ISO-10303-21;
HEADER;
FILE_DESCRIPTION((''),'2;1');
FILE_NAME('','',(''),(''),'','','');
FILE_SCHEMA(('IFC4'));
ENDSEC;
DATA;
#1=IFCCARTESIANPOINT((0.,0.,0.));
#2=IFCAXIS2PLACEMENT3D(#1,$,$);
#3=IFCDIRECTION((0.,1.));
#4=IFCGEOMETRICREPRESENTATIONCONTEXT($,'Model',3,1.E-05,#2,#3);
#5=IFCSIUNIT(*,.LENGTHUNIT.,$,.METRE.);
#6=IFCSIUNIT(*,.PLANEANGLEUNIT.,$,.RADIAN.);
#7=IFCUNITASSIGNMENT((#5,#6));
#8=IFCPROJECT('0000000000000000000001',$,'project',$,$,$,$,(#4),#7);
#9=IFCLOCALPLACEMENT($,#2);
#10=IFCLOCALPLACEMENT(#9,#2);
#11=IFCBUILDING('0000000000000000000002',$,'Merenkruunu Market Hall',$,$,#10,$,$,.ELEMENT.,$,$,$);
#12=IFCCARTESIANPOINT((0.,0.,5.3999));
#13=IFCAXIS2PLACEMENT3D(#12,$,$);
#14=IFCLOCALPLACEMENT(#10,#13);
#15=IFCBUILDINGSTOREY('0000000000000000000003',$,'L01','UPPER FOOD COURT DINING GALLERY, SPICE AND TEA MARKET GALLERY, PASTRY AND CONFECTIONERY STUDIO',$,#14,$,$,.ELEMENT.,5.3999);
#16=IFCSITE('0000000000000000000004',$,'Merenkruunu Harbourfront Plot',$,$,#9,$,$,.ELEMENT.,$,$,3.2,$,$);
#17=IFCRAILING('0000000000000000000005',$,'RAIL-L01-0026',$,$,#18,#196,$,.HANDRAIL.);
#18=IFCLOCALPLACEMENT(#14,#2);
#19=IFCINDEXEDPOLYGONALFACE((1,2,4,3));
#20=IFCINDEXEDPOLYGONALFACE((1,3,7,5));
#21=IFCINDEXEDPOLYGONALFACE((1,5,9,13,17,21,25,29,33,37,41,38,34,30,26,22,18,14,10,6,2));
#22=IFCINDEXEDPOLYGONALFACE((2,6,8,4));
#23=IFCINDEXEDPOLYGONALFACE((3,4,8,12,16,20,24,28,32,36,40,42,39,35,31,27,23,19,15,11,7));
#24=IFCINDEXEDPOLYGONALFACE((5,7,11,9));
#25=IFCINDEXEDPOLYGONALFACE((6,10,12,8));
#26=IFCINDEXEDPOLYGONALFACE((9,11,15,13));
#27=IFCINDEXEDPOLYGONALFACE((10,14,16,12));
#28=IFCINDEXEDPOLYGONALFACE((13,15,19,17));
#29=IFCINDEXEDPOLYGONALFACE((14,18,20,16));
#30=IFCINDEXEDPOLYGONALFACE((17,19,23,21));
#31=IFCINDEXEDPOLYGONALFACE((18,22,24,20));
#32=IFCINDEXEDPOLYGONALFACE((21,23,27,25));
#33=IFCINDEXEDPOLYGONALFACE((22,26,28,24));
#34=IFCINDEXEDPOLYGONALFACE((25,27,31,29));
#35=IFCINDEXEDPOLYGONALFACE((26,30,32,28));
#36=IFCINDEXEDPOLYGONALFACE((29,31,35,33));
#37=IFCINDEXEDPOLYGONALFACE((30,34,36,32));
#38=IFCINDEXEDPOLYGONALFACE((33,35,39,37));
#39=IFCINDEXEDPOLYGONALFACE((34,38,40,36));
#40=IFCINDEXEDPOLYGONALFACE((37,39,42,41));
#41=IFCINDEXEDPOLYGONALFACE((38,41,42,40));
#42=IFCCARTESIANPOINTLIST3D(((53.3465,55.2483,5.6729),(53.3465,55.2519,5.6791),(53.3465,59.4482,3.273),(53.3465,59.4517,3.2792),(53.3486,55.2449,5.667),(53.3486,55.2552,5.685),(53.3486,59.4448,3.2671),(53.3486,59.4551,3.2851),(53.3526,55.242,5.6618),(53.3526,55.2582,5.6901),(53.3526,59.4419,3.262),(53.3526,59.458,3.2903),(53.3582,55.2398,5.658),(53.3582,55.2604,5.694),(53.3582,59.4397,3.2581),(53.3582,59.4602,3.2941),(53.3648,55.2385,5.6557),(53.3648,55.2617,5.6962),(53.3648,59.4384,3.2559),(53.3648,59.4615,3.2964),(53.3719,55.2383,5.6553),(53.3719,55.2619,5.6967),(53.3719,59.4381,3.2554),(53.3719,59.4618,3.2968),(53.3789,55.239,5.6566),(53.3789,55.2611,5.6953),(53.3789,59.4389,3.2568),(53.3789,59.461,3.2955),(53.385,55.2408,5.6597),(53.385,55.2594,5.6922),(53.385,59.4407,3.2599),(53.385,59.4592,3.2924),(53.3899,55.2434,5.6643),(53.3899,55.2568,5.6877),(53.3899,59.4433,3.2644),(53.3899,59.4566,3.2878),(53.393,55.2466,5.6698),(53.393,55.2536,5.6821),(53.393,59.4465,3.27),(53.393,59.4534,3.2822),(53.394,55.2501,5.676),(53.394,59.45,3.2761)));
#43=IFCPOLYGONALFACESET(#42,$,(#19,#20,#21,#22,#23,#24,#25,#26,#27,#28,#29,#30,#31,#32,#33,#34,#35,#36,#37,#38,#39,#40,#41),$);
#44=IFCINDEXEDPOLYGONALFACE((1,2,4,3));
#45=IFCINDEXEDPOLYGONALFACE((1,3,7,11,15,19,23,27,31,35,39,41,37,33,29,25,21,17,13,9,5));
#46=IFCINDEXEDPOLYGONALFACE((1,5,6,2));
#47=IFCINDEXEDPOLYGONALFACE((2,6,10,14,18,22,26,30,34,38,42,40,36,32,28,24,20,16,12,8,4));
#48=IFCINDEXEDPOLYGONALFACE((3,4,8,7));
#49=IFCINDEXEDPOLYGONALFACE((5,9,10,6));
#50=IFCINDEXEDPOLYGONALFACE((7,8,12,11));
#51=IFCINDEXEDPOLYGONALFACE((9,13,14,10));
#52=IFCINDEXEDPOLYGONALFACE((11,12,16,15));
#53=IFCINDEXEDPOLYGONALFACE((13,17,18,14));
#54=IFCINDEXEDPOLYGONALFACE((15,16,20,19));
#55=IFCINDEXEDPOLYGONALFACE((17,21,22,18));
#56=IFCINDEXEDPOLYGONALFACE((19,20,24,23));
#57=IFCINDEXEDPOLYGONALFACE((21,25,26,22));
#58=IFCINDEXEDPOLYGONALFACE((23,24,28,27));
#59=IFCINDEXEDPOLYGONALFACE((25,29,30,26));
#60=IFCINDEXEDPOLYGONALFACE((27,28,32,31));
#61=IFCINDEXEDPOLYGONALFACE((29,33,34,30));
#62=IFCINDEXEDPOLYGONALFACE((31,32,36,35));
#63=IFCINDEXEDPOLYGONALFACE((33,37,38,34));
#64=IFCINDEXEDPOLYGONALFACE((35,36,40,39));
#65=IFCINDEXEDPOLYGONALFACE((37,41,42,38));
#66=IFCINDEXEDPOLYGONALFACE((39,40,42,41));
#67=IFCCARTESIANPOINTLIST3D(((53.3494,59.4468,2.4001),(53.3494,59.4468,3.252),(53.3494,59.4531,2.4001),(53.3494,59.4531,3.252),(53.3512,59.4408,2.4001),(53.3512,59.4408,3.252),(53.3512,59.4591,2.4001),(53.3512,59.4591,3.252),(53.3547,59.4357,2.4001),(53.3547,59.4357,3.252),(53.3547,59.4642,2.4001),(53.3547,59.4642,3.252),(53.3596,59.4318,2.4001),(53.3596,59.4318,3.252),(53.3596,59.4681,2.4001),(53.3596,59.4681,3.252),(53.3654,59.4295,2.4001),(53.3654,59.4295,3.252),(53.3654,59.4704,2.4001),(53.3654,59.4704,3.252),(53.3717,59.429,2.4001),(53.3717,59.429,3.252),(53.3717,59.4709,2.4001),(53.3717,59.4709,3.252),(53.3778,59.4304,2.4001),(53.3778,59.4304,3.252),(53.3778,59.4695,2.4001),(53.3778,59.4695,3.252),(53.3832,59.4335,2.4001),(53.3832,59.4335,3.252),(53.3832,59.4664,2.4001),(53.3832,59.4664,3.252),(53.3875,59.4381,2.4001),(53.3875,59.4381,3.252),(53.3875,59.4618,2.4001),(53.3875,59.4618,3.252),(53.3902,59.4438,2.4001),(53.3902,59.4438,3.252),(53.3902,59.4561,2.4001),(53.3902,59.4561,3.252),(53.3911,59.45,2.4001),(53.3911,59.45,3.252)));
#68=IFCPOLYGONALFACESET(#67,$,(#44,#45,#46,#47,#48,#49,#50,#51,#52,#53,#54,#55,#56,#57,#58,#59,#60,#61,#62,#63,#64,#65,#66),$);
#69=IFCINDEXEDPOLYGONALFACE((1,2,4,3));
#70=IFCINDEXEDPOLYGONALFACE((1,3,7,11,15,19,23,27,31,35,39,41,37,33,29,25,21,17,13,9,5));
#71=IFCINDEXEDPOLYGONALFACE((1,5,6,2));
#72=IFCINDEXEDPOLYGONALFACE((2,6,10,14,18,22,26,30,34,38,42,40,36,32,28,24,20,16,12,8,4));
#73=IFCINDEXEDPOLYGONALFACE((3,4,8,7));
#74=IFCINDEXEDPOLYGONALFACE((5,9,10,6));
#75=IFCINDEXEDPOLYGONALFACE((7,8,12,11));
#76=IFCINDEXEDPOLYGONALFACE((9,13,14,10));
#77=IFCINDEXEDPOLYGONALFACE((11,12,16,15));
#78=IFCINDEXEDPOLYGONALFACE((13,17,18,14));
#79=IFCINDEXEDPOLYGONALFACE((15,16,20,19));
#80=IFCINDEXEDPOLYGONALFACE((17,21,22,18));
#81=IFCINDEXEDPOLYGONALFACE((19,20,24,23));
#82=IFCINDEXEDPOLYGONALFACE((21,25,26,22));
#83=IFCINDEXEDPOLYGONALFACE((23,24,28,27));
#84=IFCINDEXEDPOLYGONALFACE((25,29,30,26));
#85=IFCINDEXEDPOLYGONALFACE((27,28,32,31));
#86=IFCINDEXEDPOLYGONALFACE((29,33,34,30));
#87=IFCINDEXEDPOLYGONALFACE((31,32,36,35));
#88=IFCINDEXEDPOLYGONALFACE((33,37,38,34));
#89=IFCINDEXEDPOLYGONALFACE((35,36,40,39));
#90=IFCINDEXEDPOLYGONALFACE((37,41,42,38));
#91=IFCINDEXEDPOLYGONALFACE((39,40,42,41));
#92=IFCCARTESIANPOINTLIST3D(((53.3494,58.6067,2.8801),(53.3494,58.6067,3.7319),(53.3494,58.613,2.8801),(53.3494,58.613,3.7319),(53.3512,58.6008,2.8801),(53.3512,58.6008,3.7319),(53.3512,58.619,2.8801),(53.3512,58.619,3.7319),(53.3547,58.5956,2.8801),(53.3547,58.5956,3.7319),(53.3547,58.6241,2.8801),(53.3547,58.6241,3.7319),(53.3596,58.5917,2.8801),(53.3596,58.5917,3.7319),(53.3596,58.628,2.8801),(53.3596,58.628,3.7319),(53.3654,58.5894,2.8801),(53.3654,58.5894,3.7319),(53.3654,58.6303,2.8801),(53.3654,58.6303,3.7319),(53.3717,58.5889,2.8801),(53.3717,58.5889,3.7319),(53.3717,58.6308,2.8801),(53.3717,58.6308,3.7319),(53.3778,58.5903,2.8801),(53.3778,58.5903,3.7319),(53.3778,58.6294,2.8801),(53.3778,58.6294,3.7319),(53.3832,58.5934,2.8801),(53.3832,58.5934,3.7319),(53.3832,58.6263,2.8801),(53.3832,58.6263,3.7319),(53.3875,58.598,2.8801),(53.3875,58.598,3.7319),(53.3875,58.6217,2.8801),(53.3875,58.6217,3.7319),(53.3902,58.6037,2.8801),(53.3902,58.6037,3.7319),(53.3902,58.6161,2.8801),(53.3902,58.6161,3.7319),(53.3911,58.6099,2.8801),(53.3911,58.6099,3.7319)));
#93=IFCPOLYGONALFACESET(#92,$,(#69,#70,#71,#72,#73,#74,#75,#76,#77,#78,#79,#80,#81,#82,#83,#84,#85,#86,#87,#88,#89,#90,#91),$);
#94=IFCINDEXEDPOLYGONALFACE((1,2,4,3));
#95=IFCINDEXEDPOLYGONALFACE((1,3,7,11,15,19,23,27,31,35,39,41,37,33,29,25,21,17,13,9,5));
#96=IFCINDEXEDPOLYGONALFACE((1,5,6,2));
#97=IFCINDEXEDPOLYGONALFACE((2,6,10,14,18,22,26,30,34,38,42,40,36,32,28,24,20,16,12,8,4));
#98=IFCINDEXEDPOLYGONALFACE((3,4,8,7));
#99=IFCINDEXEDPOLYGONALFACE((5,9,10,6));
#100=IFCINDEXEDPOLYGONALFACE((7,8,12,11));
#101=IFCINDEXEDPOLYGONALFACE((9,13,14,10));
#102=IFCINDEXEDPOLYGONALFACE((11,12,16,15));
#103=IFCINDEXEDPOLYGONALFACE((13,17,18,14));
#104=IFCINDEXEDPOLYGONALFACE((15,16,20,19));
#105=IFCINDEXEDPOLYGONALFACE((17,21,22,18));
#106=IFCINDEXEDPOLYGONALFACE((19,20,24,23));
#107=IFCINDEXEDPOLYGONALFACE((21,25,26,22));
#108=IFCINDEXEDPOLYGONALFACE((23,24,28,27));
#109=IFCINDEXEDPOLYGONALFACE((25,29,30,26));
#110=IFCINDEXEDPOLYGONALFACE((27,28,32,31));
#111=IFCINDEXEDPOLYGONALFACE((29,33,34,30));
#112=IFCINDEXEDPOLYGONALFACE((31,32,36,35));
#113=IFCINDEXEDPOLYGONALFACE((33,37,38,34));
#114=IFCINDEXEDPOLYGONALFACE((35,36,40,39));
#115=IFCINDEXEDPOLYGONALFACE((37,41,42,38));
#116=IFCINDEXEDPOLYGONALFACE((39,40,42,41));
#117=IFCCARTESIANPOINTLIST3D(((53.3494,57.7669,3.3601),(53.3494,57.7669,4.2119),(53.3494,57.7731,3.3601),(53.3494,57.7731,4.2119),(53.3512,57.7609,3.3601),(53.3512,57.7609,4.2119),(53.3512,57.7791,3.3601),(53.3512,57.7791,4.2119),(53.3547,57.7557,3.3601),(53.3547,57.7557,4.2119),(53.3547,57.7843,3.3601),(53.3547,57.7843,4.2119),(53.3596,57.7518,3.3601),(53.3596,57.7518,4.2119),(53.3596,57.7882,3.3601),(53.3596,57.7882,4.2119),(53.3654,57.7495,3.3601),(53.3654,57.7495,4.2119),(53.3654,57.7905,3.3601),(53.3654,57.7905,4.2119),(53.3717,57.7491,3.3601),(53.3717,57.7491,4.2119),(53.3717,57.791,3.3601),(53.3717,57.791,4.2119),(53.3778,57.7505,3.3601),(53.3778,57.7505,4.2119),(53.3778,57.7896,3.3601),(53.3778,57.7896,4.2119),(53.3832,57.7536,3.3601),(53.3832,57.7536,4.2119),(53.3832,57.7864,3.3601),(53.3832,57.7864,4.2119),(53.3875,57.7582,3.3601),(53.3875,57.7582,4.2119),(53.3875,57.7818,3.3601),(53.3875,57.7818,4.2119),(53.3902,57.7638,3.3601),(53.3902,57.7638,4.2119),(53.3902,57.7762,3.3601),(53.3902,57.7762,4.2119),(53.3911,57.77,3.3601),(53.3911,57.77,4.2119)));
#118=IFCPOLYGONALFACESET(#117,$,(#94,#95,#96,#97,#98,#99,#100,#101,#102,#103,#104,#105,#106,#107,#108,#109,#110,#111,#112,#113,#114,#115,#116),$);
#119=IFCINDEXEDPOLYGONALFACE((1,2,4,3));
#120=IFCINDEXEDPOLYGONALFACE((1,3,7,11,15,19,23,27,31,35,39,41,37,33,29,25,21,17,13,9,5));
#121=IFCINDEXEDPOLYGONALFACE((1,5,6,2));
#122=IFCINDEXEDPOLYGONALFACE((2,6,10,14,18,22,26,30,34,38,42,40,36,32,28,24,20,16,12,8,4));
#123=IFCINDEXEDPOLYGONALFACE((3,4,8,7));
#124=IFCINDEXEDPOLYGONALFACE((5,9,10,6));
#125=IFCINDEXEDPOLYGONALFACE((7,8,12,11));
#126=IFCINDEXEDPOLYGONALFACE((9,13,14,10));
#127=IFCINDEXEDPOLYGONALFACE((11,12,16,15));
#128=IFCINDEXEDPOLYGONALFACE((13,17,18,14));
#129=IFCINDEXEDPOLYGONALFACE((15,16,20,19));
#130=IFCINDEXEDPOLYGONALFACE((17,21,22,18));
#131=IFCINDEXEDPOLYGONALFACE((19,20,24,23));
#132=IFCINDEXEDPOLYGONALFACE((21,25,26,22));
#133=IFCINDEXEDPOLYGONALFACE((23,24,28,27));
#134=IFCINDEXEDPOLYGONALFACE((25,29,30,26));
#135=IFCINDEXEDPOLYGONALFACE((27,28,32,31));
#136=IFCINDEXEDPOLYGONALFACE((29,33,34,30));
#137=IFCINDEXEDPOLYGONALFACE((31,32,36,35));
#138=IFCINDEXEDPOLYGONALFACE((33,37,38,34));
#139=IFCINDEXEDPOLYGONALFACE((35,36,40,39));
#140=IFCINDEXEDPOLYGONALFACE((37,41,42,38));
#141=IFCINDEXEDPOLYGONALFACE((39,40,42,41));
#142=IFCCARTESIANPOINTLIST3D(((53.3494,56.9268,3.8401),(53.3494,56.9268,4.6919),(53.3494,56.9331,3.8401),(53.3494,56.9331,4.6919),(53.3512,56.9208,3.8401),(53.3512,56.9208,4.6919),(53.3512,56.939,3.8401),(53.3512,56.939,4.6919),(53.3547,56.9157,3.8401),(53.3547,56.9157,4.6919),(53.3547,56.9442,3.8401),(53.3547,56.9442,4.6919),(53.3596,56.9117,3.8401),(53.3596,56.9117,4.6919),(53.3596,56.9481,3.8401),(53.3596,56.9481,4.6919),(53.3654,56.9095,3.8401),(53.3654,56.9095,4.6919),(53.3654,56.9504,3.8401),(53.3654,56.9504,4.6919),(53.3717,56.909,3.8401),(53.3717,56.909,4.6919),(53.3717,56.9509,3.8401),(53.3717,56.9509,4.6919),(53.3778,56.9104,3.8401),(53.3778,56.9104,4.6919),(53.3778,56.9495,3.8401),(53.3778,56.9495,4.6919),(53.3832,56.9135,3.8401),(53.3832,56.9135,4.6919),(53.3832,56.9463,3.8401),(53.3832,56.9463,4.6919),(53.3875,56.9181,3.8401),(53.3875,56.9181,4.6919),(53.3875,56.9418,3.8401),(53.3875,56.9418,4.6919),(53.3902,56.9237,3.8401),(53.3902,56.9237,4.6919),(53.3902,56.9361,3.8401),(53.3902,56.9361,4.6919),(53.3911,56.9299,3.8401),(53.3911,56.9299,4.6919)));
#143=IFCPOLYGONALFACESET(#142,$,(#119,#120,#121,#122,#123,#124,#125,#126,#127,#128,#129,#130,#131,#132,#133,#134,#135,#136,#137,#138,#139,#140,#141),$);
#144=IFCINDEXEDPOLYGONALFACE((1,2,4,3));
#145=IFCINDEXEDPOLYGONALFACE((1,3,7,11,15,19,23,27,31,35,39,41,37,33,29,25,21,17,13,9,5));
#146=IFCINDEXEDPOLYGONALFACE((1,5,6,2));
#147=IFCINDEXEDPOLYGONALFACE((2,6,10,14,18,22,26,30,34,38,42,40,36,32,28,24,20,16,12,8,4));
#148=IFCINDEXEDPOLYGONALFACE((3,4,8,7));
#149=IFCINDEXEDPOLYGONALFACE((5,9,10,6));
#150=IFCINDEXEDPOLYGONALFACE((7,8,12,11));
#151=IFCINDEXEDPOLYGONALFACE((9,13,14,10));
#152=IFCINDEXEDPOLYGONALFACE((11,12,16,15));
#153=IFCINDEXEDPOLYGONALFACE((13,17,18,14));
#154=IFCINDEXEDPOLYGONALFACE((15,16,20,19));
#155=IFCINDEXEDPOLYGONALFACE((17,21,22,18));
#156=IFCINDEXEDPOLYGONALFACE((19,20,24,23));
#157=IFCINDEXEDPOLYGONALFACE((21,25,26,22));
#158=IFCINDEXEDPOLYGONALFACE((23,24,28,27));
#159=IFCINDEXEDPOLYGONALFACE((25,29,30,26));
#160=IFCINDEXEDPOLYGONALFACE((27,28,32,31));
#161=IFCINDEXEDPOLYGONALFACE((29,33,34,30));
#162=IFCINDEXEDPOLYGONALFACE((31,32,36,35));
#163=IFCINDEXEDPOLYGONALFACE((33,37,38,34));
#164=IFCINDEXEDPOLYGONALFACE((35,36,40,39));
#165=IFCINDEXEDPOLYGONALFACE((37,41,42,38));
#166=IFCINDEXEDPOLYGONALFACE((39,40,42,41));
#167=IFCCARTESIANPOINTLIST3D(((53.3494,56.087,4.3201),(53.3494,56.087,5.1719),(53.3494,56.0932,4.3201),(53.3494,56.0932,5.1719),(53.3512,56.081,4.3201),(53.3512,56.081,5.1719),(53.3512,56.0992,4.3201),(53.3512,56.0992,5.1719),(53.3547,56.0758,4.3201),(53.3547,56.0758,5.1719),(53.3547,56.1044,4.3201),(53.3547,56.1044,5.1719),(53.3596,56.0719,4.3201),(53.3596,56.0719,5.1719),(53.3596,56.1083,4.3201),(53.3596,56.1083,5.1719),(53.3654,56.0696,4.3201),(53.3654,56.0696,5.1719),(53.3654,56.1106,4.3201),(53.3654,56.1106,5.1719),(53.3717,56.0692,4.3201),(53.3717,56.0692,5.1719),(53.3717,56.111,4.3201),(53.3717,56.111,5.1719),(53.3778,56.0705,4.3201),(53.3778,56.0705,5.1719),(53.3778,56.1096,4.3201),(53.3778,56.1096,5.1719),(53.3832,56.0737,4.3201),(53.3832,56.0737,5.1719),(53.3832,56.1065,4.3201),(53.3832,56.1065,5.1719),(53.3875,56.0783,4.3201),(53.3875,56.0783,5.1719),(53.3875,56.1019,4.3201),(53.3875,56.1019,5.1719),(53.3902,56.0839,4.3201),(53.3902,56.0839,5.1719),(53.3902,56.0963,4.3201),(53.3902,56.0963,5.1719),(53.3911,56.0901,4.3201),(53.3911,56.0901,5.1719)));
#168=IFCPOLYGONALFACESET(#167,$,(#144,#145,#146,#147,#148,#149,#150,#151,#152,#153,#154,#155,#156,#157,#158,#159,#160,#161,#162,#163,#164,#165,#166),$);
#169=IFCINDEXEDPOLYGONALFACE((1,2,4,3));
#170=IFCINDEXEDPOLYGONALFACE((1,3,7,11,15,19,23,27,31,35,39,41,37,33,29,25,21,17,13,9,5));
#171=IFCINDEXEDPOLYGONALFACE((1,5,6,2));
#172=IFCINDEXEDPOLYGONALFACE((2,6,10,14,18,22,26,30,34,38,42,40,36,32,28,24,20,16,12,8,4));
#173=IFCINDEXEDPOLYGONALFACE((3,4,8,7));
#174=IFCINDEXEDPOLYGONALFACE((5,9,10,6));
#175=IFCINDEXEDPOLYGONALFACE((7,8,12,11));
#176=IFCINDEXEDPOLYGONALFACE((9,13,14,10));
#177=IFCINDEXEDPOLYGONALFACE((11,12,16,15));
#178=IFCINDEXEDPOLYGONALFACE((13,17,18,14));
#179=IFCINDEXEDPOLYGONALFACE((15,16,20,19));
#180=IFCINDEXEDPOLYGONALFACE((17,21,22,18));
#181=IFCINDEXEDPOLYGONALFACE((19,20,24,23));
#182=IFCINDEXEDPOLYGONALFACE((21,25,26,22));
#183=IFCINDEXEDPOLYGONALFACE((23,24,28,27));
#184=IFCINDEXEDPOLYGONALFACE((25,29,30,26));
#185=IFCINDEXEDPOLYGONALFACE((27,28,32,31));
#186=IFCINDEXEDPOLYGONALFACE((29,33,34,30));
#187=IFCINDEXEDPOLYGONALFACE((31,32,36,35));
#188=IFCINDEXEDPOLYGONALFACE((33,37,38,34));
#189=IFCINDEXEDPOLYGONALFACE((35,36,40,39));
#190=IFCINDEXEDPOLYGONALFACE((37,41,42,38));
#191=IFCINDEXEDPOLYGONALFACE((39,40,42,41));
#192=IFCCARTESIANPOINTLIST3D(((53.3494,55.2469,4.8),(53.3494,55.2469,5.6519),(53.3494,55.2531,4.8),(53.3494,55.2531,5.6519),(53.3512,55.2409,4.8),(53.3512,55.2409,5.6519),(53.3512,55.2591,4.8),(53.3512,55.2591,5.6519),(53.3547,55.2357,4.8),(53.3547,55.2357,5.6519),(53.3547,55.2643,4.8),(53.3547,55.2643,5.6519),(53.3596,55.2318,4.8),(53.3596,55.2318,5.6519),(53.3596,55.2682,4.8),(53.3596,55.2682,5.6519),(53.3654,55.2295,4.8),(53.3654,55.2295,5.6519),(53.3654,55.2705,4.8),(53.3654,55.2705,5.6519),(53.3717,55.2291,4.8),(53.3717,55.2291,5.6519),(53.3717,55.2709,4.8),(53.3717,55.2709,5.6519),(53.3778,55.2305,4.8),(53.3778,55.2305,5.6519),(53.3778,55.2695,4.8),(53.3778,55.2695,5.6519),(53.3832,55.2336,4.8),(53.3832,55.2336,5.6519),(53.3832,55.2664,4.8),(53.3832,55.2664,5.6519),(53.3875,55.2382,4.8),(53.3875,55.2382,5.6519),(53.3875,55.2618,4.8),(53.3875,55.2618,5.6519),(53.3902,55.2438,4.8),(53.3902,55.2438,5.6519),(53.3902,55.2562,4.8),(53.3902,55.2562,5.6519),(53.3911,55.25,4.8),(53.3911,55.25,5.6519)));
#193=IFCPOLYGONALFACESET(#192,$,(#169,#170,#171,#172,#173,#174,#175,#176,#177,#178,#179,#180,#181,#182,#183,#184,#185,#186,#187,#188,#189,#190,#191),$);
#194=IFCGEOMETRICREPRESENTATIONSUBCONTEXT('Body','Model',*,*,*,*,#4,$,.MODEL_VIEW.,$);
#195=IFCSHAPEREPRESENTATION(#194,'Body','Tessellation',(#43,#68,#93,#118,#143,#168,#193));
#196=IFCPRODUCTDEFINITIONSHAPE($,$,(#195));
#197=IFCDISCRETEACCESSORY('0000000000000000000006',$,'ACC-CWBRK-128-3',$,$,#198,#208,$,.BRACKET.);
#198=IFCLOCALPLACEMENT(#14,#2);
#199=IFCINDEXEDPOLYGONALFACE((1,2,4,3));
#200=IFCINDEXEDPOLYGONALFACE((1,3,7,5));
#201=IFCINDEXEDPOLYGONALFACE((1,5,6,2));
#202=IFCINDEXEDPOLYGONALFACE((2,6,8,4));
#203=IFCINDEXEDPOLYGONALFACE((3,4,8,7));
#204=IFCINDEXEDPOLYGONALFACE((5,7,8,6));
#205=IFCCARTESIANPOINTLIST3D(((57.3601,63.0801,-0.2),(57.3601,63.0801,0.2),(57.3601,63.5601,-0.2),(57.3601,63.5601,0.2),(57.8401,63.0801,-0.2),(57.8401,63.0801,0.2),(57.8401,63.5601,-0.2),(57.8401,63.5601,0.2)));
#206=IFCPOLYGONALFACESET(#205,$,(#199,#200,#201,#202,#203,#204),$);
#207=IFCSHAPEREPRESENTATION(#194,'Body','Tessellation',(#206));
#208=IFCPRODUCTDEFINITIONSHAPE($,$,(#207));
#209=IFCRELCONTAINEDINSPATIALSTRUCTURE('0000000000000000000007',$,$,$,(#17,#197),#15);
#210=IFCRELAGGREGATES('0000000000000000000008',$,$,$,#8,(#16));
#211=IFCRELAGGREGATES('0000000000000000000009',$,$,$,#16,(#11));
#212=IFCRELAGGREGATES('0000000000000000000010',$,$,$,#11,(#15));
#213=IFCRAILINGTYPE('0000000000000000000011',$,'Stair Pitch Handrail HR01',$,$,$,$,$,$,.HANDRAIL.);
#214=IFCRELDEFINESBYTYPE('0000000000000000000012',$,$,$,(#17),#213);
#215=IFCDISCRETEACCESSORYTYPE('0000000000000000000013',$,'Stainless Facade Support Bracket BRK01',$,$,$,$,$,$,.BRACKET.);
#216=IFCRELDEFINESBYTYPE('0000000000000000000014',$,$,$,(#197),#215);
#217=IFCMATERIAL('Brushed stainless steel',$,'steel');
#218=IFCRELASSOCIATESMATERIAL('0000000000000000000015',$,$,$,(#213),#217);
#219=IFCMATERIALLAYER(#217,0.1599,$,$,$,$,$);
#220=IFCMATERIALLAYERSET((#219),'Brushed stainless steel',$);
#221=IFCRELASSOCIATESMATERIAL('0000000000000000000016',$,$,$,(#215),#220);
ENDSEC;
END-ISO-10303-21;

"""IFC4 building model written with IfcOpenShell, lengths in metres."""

from ifc_helpers import new_model, si_unit, direction, frame, origin, origin_2d, place, context, subcontext, project, spatial, rectangle, circle, extrude, material, layer, layer_set, type_object, element, save


model = new_model("IFC4")

# Units and contexts
model_context = context("Model", 3, precision=1e-05, world=origin(), true_north=direction((0.0, 1.0)))
body_context = subcontext(model_context, "Body", "Model", "MODEL_VIEW")
ifc_project = project(units=[si_unit("LENGTHUNIT", "METRE"), si_unit("PLANEANGLEUNIT", "RADIAN")], contexts=[model_context])

# Site, building, storey
site_placement = place(None, origin())
site = spatial("IfcSite", under=ifc_project, at=site_placement, Name="Merenkruunu Harbourfront Plot", CompositionType="ELEMENT", RefElevation=3.2)
building_placement = place(site_placement, origin())
building = spatial("IfcBuilding", under=site, at=building_placement, Name="Merenkruunu Market Hall", CompositionType="ELEMENT")
storey_placement = place(building_placement, frame((0.0, 0.0, 5.3999)))
storey = spatial("IfcBuildingStorey", under=building, at=storey_placement, Name="L01", Description="UPPER FOOD COURT DINING GALLERY, SPICE AND TEA MARKET GALLERY, PASTRY AND CONFECTIONERY STUDIO", CompositionType="ELEMENT", Elevation=5.3999)

# Shared definitions
ifc_material_1 = material(Name="Brushed stainless steel", Category="steel")

# Railing
railing_type_1 = type_object("IfcRailingType", Name="Stair Pitch Handrail HR01", PredefinedType="HANDRAIL", material=ifc_material_1)
railing_1_placement = place(storey_placement, frame((53.3701, 59.45, 2.4001)))
element("IfcRailing", 1, at=railing_1_placement, inside=storey, type_object=railing_type_1, Name="RAIL-L01-0026", PredefinedType="HANDRAIL", context=body_context, shape_type="SweptSolid", body=[
    extrude(circle(Radius=0.0239, at=origin_2d()), frame((0.0, 0.0, 0.876), z_axis=(0.0, -0.868249, 0.496128), x_axis=(1.0, 0.0, 0.0)), (0.0, 0.0, 1.0), 4.8372),
    extrude(circle(Radius=0.021, at=origin_2d()), origin(), (0.0, 0.0, 1.0), 0.8518),
    extrude(circle(Radius=0.021, at=origin_2d()), frame((0.0, -0.8401, 0.48)), (0.0, 0.0, 1.0), 0.8518),
    extrude(circle(Radius=0.021, at=origin_2d()), frame((0.0, -1.6799, 0.96)), (0.0, 0.0, 1.0), 0.8518),
    extrude(circle(Radius=0.021, at=origin_2d()), frame((0.0, -2.52, 1.4399)), (0.0, 0.0, 1.0), 0.8518),
    extrude(circle(Radius=0.021, at=origin_2d()), frame((0.0, -3.3599, 1.9199)), (0.0, 0.0, 1.0), 0.8518),
    extrude(circle(Radius=0.021, at=origin_2d()), frame((0.0, -4.2, 2.3999)), (0.0, 0.0, 1.0), 0.8518),
])

# Discrete accessory
ifc_layer_1 = layer(ifc_material_1, 0.1599)
ifc_layer_set_1 = layer_set([ifc_layer_1], Name="Brushed stainless steel")
discrete_accessory_type = type_object("IfcDiscreteAccessoryType", Name="Stainless Facade Support Bracket BRK01", PredefinedType="BRACKET", material=ifc_layer_set_1)
for number, where, z_axis, x_axis, name in (
    (2, (57.6001, 63.3201, -0.2), (0.0, 0.0, 1.0), (1.0, 0.0, 0.0), "ACC-CWBRK-128-3"),
):
    element("IfcDiscreteAccessory", number, at=place(storey_placement, frame(where, z_axis=z_axis, x_axis=x_axis)), inside=storey, type_object=discrete_accessory_type, Name=name, PredefinedType="BRACKET", context=body_context, shape_type="SweptSolid", body=[
        extrude(rectangle(XDim=0.48, YDim=0.48, at=origin_2d()), origin(), (0.0, 0.0, 1.0), 0.3999),
    ])

save(model, "model.ifc")
